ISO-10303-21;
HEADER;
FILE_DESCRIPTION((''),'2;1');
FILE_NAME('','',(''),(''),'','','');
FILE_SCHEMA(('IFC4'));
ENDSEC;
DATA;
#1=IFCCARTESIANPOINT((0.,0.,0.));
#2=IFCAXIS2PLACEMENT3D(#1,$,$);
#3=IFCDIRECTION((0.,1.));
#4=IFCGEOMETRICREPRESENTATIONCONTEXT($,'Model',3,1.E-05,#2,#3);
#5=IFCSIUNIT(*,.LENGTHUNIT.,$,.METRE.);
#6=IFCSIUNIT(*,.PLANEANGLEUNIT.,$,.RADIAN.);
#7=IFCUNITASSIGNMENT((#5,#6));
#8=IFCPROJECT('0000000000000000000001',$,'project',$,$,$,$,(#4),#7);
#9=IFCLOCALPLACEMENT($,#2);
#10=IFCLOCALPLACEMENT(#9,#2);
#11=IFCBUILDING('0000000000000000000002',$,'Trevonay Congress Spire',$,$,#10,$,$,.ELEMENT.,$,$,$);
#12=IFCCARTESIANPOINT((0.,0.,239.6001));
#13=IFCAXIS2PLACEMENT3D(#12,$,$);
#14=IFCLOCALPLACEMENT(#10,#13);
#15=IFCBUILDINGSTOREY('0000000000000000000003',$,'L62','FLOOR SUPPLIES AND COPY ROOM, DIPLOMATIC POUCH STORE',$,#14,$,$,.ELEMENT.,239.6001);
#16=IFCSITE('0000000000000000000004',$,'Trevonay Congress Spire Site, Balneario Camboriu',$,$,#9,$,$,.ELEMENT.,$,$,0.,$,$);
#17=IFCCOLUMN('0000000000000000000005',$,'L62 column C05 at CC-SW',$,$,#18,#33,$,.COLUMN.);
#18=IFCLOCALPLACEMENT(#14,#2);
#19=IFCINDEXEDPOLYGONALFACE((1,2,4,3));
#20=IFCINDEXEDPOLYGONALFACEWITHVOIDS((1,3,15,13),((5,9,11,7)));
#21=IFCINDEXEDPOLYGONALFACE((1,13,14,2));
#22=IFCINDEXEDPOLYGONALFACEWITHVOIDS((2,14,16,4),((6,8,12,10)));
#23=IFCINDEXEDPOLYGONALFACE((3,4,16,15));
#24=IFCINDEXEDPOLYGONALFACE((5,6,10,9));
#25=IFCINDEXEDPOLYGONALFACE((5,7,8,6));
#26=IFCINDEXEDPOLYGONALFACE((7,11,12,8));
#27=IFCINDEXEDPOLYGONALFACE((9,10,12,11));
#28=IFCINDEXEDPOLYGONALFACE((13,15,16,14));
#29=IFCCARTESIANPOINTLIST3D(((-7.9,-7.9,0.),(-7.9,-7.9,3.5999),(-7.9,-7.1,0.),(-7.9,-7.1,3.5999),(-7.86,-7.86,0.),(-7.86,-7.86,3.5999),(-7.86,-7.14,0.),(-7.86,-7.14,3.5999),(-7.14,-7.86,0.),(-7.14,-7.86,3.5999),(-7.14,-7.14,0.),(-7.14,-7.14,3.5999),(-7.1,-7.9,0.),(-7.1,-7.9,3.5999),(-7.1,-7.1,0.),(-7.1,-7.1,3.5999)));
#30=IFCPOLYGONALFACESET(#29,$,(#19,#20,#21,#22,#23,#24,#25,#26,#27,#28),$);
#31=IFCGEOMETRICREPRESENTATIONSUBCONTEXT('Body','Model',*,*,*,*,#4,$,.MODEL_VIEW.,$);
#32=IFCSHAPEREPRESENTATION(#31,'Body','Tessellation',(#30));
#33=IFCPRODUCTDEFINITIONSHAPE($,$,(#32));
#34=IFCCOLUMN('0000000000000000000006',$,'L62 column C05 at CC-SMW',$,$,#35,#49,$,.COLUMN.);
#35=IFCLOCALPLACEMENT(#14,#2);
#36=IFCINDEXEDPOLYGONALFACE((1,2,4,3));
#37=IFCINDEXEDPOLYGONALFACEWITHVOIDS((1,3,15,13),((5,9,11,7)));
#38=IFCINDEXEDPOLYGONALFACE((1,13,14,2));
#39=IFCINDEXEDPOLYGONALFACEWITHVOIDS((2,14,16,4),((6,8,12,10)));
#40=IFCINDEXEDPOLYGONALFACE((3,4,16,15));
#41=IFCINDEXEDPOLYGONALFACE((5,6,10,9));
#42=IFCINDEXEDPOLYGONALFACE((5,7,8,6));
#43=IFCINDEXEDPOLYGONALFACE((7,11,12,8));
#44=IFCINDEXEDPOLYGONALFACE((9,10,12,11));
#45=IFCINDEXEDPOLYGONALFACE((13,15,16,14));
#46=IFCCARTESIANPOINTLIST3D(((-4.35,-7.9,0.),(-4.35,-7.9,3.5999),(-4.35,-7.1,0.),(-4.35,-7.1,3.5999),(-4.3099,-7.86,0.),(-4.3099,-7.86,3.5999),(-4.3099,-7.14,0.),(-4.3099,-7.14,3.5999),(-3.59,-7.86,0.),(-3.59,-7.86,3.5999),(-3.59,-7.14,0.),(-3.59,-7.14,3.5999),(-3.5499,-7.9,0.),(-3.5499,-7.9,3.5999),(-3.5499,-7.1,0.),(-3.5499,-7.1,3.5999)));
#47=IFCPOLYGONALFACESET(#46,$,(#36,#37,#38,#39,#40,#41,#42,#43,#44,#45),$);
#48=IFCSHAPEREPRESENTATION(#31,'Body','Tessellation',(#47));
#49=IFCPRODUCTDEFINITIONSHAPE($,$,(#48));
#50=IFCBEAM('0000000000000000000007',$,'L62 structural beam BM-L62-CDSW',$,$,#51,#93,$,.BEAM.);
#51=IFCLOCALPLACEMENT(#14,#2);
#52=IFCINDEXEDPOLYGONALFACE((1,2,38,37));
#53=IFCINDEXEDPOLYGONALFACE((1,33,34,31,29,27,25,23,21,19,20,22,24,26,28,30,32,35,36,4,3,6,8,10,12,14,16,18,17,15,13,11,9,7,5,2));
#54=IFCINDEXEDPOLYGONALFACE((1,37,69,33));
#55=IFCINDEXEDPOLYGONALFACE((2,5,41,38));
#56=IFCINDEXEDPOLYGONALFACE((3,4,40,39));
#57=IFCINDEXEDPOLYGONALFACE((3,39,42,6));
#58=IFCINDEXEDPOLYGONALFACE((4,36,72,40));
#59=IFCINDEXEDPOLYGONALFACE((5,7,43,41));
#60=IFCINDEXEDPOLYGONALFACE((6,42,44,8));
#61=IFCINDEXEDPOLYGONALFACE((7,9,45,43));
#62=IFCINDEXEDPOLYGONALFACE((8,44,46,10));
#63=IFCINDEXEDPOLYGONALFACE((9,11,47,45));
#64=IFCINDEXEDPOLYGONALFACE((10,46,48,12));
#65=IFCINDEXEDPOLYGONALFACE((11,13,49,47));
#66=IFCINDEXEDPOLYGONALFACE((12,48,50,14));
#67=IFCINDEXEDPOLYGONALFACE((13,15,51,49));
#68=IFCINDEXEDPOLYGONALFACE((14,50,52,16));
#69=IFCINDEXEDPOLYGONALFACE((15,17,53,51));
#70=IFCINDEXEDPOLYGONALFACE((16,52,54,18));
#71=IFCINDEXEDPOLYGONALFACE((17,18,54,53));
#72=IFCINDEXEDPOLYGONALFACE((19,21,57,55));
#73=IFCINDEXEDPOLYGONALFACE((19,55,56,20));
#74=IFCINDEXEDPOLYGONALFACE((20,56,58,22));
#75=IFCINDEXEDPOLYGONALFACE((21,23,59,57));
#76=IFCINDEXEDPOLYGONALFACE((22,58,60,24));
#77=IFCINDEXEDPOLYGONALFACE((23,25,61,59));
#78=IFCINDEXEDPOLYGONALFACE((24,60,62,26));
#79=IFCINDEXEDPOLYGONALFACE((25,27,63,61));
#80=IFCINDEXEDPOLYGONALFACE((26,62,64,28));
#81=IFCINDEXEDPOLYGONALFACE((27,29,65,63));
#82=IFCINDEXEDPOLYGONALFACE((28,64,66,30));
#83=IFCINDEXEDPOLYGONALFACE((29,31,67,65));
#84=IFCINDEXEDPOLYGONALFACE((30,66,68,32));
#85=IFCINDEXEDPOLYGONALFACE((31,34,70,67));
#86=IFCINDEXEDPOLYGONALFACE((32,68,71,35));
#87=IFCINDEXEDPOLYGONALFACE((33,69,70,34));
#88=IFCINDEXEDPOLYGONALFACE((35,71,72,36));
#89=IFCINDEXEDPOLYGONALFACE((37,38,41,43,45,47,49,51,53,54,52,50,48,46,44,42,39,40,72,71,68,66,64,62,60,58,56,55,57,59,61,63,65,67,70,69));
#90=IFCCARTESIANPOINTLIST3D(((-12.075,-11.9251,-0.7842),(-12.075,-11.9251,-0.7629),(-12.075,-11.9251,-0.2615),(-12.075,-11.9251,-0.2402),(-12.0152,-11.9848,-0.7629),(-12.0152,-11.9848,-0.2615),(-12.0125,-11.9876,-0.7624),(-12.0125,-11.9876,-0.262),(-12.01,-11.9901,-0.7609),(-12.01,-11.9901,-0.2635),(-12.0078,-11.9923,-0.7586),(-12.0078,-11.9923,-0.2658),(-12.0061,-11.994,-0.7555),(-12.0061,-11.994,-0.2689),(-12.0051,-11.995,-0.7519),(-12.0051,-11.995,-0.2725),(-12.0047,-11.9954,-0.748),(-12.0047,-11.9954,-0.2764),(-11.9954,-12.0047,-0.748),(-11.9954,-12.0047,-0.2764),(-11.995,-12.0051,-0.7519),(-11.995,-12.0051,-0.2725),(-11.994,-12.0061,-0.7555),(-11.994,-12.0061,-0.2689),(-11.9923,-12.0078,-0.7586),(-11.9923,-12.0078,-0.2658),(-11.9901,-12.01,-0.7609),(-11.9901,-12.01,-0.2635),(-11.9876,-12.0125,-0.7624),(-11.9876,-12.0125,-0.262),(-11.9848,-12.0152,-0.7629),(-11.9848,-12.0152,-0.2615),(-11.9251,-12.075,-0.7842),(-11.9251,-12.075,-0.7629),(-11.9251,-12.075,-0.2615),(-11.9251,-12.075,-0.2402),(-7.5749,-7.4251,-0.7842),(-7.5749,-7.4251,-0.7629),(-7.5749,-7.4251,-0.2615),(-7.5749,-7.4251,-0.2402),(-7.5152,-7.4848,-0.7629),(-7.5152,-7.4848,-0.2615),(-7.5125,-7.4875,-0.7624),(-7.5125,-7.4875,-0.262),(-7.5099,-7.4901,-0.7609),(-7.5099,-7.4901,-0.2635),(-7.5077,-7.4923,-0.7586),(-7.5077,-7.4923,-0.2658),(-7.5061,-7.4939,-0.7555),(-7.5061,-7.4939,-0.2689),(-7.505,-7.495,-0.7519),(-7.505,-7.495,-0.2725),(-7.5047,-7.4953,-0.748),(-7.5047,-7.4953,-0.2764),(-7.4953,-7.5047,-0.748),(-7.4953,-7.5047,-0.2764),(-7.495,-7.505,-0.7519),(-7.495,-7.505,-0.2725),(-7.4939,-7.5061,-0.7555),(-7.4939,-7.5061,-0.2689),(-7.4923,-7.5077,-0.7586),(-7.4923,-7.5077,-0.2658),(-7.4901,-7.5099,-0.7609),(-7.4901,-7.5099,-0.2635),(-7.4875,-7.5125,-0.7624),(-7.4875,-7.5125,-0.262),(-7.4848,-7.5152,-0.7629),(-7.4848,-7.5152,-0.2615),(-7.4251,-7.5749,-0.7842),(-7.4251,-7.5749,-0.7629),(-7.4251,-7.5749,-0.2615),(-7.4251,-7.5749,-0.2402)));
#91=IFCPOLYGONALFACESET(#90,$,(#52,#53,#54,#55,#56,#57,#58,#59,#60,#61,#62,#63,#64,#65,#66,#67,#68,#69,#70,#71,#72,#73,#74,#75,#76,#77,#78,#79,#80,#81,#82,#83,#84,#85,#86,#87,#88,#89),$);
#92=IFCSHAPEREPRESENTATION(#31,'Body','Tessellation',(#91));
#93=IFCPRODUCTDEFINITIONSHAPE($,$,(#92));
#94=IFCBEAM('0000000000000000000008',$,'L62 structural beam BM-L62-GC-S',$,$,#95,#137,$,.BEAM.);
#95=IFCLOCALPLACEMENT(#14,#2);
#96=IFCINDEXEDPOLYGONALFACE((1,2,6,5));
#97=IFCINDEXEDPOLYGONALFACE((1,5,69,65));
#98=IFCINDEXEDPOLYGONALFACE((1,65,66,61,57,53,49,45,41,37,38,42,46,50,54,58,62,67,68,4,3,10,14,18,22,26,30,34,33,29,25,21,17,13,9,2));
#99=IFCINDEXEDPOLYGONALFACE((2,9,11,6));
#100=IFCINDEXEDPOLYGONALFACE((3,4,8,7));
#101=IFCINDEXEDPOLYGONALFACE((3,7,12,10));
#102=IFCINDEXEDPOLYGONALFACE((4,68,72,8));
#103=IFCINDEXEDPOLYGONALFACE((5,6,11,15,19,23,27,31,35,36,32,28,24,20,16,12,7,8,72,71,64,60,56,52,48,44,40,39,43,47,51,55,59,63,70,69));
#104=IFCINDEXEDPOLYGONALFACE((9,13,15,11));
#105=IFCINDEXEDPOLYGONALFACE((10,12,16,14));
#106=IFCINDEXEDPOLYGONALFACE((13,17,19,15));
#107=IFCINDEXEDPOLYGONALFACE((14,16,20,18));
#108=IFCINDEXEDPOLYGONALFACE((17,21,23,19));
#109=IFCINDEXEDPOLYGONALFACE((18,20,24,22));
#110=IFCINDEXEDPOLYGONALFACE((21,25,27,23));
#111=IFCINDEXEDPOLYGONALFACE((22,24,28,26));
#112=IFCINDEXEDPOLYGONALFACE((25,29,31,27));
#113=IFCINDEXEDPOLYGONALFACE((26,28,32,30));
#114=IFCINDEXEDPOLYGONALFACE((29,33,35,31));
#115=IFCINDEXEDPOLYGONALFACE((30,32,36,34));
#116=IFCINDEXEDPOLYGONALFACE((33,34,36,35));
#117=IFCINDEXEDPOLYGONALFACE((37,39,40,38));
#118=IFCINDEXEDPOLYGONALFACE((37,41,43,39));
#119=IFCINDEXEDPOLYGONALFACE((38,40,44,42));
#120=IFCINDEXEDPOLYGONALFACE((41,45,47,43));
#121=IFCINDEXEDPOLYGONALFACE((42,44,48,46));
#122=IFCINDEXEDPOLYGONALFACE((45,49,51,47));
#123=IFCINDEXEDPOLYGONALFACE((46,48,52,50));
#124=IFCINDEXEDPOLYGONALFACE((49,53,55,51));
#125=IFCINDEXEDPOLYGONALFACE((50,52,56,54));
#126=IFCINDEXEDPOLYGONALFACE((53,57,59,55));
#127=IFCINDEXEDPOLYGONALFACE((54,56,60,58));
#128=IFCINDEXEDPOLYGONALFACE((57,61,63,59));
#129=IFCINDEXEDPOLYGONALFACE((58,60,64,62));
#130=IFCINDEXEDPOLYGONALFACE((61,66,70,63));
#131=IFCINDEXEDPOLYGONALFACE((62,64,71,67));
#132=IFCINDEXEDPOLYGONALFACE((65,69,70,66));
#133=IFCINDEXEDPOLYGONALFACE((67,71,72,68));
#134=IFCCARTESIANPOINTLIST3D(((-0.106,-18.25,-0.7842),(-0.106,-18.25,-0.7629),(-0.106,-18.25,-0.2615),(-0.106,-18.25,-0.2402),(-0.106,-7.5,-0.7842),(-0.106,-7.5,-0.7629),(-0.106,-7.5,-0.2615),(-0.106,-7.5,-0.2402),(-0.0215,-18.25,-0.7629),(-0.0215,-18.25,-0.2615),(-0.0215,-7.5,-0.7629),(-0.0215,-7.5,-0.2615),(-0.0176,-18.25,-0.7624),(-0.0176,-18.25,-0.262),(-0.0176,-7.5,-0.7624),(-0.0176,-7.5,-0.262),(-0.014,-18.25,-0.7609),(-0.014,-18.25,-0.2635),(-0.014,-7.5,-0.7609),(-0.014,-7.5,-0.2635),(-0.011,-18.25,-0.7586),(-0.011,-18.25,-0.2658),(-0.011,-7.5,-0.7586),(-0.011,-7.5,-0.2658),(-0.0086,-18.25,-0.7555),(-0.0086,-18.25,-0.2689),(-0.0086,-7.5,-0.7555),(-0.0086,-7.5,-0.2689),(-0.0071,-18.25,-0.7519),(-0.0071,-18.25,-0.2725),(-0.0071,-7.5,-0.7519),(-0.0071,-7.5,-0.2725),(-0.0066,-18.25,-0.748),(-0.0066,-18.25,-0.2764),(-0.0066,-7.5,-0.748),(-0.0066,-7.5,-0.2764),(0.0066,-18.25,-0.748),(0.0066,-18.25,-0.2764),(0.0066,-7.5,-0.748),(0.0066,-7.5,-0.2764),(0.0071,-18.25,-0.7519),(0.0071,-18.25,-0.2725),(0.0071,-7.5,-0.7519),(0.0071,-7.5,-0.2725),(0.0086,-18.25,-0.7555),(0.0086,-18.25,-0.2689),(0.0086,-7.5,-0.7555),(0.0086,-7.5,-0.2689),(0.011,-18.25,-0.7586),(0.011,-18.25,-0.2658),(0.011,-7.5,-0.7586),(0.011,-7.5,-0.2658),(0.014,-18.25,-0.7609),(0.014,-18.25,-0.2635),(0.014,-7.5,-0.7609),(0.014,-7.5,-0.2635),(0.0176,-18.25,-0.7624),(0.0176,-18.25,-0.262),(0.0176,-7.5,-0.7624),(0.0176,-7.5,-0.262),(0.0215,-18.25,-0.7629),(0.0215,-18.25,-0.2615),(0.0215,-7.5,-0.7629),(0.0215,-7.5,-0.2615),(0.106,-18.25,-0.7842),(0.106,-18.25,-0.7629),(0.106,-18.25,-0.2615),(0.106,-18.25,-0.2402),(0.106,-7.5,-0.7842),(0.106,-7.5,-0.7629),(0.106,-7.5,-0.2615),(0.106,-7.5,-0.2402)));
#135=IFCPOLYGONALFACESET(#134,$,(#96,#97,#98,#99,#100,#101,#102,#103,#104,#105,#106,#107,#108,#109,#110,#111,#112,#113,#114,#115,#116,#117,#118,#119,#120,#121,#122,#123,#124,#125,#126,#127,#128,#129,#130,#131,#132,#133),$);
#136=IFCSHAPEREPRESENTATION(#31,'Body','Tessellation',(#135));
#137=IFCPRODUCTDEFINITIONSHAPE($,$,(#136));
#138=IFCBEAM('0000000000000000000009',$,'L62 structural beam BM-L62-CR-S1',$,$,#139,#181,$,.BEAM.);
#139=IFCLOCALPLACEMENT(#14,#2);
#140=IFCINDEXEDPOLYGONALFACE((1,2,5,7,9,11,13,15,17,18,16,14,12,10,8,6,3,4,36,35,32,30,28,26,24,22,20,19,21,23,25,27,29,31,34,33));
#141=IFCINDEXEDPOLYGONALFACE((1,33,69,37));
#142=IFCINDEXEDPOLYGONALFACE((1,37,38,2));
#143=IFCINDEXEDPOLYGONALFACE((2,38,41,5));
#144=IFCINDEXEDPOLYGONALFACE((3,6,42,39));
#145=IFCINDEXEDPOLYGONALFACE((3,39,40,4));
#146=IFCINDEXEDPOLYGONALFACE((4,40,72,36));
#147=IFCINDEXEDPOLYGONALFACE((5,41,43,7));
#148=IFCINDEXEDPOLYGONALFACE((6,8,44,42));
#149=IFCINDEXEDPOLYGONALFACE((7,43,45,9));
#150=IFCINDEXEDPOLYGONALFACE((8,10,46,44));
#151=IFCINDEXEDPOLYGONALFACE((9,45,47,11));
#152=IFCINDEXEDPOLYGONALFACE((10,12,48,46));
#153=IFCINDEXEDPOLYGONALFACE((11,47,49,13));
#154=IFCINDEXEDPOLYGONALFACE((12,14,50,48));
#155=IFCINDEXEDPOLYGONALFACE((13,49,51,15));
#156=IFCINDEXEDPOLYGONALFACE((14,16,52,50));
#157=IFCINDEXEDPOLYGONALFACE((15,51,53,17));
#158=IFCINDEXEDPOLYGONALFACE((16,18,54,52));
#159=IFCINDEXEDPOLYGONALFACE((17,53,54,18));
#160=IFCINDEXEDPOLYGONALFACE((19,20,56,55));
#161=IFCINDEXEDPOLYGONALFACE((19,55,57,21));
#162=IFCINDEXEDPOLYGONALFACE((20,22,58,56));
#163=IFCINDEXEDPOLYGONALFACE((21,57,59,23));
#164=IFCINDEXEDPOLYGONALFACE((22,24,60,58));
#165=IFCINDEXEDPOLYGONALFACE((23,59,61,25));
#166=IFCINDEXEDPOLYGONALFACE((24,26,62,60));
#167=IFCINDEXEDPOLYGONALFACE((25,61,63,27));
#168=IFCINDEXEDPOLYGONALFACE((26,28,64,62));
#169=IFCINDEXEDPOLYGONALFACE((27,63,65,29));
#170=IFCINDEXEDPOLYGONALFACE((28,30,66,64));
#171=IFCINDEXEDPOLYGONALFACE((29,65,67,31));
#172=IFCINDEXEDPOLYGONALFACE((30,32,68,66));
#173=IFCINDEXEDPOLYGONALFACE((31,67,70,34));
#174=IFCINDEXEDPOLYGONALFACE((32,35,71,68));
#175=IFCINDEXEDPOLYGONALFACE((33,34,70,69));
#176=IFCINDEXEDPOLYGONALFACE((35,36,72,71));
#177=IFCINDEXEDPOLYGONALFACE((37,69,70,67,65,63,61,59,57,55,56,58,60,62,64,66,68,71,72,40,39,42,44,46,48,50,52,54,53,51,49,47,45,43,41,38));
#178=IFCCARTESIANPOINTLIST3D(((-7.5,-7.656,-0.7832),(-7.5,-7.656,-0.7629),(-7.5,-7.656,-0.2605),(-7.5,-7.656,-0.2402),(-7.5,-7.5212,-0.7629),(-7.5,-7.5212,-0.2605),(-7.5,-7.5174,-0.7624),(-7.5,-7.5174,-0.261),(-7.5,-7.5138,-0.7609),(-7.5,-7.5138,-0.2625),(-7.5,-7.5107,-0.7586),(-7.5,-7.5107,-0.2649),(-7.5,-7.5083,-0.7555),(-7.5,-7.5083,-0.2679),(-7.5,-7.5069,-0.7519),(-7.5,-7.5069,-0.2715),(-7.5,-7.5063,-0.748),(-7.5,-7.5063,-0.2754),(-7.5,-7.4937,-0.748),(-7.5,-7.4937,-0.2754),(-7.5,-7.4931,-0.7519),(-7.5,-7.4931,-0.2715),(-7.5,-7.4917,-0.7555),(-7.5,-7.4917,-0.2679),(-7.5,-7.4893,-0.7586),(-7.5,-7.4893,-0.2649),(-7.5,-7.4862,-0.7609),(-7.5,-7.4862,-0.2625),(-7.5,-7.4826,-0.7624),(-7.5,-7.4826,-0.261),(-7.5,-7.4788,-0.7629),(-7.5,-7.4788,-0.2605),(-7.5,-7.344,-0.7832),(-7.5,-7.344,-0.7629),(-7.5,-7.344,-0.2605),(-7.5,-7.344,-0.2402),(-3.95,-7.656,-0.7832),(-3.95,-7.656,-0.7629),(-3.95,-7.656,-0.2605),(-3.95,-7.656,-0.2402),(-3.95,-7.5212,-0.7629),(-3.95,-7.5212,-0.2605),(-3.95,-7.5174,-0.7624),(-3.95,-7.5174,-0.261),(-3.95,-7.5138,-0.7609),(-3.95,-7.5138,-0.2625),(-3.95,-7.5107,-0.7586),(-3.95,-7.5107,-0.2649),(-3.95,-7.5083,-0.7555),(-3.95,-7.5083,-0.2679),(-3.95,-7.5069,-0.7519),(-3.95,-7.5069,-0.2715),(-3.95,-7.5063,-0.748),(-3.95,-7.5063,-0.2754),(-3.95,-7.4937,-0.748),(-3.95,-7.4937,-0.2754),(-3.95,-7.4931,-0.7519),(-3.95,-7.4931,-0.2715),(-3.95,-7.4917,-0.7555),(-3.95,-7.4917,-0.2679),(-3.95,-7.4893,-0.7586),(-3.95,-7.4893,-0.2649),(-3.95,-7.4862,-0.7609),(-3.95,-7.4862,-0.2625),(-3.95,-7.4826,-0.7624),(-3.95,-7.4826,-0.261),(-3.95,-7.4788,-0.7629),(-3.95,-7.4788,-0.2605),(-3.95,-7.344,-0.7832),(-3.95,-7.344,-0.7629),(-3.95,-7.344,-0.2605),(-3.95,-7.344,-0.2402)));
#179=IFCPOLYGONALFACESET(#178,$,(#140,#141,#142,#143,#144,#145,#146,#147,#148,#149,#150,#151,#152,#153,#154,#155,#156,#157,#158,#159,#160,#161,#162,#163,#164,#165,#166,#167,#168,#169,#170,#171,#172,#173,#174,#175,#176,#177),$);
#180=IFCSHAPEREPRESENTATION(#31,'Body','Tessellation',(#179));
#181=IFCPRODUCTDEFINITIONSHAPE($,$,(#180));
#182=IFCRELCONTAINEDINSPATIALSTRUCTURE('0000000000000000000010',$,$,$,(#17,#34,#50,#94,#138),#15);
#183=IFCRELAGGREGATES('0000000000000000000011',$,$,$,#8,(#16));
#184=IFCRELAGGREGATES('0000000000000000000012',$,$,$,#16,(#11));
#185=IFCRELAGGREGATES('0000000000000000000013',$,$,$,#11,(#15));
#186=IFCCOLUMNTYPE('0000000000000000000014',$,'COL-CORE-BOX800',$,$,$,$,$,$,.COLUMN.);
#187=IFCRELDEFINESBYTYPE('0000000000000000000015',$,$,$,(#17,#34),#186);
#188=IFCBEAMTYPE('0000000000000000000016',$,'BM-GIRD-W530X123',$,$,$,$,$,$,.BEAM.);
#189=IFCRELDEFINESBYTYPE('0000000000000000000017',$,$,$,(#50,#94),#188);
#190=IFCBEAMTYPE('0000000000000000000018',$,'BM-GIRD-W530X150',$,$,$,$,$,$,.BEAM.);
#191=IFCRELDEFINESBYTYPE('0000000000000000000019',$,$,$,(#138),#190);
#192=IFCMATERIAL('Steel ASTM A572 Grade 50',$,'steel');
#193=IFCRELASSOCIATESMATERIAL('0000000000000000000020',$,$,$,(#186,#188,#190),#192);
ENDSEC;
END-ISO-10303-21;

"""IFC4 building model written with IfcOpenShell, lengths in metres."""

from ifc_helpers import new_model, si_unit, direction, frame, origin, origin_2d, place, context, subcontext, project, spatial, hollow_rectangle, i_section, extrude, material, material_profile, profile_set, type_object, element, save


model = new_model("IFC4")

# Units and contexts
model_context = context("Model", 3, precision=1e-05, world=origin(), true_north=direction((0.0, 1.0)))
body_context = subcontext(model_context, "Body", "Model", "MODEL_VIEW")
ifc_project = project(units=[si_unit("LENGTHUNIT", "METRE"), si_unit("PLANEANGLEUNIT", "RADIAN")], contexts=[model_context])

# Site, building, storey
site_placement = place(None, origin())
site = spatial("IfcSite", under=ifc_project, at=site_placement, Name="Trevonay Congress Spire Site, Balneario Camboriu", CompositionType="ELEMENT", RefElevation=0.0)
building_placement = place(site_placement, origin())
building = spatial("IfcBuilding", under=site, at=building_placement, Name="Trevonay Congress Spire", CompositionType="ELEMENT")
storey_placement = place(building_placement, frame((0.0, 0.0, 239.6001)))
storey = spatial("IfcBuildingStorey", under=building, at=storey_placement, Name="L62", Description="FLOOR SUPPLIES AND COPY ROOM, DIPLOMATIC POUCH STORE", CompositionType="ELEMENT", Elevation=239.6001)

# Columns
ifc_material_1 = material(Name="Steel ASTM A572 Grade 50", Category="steel")
ifc_material_profile_1 = material_profile(ifc_material_1, hollow_rectangle(XDim=0.8, YDim=0.8, WallThickness=0.04, at=origin_2d()), Name="BOX 800x800x40")
ifc_profile_set_1 = profile_set([ifc_material_profile_1], Name="Steel ASTM A572 Grade 50")
column_type = type_object("IfcColumnType", Name="COL-CORE-BOX800", PredefinedType="COLUMN", material=ifc_profile_set_1)
for number, where, z_axis, x_axis, name in (
    (1, (-7.5, -7.5, 0.0), (0.0, 0.0, 1.0), (1.0, 0.0, 0.0), "L62 column C05 at CC-SW"),
    (2, (-3.95, -7.5, 0.0), (0.0, 0.0, 1.0), (1.0, 0.0, 0.0), "L62 column C05 at CC-SMW"),
):
    element("IfcColumn", number, at=place(storey_placement, frame(where, z_axis=z_axis, x_axis=x_axis)), inside=storey, type_object=column_type, Name=name, PredefinedType="COLUMN", context=body_context, shape_type="SweptSolid", body=[
        extrude(hollow_rectangle(XDim=0.8, YDim=0.8, WallThickness=0.04, at=origin_2d()), origin(), (0.0, 0.0, 1.0), 3.5999),
    ])

# Beams
ifc_material_profile_2 = material_profile(ifc_material_1, i_section(OverallWidth=0.2119, OverallDepth=0.5439, WebThickness=0.0132, FlangeThickness=0.0212, FilletRadius=0.0149, at=origin_2d()), Name="W530x123")
ifc_profile_set_2 = profile_set([ifc_material_profile_2], Name="Steel ASTM A572 Grade 50")
beam_type_1 = type_object("IfcBeamType", Name="BM-GIRD-W530X123", PredefinedType="BEAM", material=ifc_profile_set_2)
beam_1_placement = place(storey_placement, frame((-7.5, -7.5, -0.5122), z_axis=(-0.707107, -0.707107, 0.0), x_axis=(0.707107, -0.707107, 0.0)))
element("IfcBeam", 3, at=beam_1_placement, inside=storey, type_object=beam_type_1, Name="L62 structural beam BM-L62-CDSW", PredefinedType="BEAM", context=body_context, shape_type="SweptSolid", body=[
    extrude(i_section(OverallWidth=0.2119, OverallDepth=0.5439, WebThickness=0.0132, FlangeThickness=0.0212, FilletRadius=0.0149, at=origin_2d()), origin(), (0.0, 0.0, 1.0), 6.364),
])
beam_2_placement = place(storey_placement, frame((0.0, -7.5, -0.5122), z_axis=(0.0, -1.0, 0.0), x_axis=(1.0, 0.0, 0.0)))
element("IfcBeam", 4, at=beam_2_placement, inside=storey, type_object=beam_type_1, Name="L62 structural beam BM-L62-GC-S", PredefinedType="BEAM", context=body_context, shape_type="SweptSolid", body=[
    extrude(i_section(OverallWidth=0.2119, OverallDepth=0.5439, WebThickness=0.0132, FlangeThickness=0.0212, FilletRadius=0.0149, at=origin_2d()), origin(), (0.0, 0.0, 1.0), 10.75),
])
ifc_material_profile_3 = material_profile(ifc_material_1, i_section(OverallWidth=0.312, OverallDepth=0.543, WebThickness=0.0127, FlangeThickness=0.0203, FilletRadius=0.0149, at=origin_2d()), Name="W530x150")
ifc_profile_set_3 = profile_set([ifc_material_profile_3], Name="Steel ASTM A572 Grade 50")
beam_type_2 = type_object("IfcBeamType", Name="BM-GIRD-W530X150", PredefinedType="BEAM", material=ifc_profile_set_3)
beam_3_placement = place(storey_placement, frame((-7.5, -7.5, -0.5117), z_axis=(1.0, 0.0, 0.0), x_axis=(0.0, 1.0, 0.0)))
element("IfcBeam", 5, at=beam_3_placement, inside=storey, type_object=beam_type_2, Name="L62 structural beam BM-L62-CR-S1", PredefinedType="BEAM", context=body_context, shape_type="SweptSolid", body=[
    extrude(i_section(OverallWidth=0.312, OverallDepth=0.543, WebThickness=0.0127, FlangeThickness=0.0203, FilletRadius=0.0149, at=origin_2d()), origin(), (0.0, 0.0, 1.0), 3.55),
])

save(model, "model.ifc")
